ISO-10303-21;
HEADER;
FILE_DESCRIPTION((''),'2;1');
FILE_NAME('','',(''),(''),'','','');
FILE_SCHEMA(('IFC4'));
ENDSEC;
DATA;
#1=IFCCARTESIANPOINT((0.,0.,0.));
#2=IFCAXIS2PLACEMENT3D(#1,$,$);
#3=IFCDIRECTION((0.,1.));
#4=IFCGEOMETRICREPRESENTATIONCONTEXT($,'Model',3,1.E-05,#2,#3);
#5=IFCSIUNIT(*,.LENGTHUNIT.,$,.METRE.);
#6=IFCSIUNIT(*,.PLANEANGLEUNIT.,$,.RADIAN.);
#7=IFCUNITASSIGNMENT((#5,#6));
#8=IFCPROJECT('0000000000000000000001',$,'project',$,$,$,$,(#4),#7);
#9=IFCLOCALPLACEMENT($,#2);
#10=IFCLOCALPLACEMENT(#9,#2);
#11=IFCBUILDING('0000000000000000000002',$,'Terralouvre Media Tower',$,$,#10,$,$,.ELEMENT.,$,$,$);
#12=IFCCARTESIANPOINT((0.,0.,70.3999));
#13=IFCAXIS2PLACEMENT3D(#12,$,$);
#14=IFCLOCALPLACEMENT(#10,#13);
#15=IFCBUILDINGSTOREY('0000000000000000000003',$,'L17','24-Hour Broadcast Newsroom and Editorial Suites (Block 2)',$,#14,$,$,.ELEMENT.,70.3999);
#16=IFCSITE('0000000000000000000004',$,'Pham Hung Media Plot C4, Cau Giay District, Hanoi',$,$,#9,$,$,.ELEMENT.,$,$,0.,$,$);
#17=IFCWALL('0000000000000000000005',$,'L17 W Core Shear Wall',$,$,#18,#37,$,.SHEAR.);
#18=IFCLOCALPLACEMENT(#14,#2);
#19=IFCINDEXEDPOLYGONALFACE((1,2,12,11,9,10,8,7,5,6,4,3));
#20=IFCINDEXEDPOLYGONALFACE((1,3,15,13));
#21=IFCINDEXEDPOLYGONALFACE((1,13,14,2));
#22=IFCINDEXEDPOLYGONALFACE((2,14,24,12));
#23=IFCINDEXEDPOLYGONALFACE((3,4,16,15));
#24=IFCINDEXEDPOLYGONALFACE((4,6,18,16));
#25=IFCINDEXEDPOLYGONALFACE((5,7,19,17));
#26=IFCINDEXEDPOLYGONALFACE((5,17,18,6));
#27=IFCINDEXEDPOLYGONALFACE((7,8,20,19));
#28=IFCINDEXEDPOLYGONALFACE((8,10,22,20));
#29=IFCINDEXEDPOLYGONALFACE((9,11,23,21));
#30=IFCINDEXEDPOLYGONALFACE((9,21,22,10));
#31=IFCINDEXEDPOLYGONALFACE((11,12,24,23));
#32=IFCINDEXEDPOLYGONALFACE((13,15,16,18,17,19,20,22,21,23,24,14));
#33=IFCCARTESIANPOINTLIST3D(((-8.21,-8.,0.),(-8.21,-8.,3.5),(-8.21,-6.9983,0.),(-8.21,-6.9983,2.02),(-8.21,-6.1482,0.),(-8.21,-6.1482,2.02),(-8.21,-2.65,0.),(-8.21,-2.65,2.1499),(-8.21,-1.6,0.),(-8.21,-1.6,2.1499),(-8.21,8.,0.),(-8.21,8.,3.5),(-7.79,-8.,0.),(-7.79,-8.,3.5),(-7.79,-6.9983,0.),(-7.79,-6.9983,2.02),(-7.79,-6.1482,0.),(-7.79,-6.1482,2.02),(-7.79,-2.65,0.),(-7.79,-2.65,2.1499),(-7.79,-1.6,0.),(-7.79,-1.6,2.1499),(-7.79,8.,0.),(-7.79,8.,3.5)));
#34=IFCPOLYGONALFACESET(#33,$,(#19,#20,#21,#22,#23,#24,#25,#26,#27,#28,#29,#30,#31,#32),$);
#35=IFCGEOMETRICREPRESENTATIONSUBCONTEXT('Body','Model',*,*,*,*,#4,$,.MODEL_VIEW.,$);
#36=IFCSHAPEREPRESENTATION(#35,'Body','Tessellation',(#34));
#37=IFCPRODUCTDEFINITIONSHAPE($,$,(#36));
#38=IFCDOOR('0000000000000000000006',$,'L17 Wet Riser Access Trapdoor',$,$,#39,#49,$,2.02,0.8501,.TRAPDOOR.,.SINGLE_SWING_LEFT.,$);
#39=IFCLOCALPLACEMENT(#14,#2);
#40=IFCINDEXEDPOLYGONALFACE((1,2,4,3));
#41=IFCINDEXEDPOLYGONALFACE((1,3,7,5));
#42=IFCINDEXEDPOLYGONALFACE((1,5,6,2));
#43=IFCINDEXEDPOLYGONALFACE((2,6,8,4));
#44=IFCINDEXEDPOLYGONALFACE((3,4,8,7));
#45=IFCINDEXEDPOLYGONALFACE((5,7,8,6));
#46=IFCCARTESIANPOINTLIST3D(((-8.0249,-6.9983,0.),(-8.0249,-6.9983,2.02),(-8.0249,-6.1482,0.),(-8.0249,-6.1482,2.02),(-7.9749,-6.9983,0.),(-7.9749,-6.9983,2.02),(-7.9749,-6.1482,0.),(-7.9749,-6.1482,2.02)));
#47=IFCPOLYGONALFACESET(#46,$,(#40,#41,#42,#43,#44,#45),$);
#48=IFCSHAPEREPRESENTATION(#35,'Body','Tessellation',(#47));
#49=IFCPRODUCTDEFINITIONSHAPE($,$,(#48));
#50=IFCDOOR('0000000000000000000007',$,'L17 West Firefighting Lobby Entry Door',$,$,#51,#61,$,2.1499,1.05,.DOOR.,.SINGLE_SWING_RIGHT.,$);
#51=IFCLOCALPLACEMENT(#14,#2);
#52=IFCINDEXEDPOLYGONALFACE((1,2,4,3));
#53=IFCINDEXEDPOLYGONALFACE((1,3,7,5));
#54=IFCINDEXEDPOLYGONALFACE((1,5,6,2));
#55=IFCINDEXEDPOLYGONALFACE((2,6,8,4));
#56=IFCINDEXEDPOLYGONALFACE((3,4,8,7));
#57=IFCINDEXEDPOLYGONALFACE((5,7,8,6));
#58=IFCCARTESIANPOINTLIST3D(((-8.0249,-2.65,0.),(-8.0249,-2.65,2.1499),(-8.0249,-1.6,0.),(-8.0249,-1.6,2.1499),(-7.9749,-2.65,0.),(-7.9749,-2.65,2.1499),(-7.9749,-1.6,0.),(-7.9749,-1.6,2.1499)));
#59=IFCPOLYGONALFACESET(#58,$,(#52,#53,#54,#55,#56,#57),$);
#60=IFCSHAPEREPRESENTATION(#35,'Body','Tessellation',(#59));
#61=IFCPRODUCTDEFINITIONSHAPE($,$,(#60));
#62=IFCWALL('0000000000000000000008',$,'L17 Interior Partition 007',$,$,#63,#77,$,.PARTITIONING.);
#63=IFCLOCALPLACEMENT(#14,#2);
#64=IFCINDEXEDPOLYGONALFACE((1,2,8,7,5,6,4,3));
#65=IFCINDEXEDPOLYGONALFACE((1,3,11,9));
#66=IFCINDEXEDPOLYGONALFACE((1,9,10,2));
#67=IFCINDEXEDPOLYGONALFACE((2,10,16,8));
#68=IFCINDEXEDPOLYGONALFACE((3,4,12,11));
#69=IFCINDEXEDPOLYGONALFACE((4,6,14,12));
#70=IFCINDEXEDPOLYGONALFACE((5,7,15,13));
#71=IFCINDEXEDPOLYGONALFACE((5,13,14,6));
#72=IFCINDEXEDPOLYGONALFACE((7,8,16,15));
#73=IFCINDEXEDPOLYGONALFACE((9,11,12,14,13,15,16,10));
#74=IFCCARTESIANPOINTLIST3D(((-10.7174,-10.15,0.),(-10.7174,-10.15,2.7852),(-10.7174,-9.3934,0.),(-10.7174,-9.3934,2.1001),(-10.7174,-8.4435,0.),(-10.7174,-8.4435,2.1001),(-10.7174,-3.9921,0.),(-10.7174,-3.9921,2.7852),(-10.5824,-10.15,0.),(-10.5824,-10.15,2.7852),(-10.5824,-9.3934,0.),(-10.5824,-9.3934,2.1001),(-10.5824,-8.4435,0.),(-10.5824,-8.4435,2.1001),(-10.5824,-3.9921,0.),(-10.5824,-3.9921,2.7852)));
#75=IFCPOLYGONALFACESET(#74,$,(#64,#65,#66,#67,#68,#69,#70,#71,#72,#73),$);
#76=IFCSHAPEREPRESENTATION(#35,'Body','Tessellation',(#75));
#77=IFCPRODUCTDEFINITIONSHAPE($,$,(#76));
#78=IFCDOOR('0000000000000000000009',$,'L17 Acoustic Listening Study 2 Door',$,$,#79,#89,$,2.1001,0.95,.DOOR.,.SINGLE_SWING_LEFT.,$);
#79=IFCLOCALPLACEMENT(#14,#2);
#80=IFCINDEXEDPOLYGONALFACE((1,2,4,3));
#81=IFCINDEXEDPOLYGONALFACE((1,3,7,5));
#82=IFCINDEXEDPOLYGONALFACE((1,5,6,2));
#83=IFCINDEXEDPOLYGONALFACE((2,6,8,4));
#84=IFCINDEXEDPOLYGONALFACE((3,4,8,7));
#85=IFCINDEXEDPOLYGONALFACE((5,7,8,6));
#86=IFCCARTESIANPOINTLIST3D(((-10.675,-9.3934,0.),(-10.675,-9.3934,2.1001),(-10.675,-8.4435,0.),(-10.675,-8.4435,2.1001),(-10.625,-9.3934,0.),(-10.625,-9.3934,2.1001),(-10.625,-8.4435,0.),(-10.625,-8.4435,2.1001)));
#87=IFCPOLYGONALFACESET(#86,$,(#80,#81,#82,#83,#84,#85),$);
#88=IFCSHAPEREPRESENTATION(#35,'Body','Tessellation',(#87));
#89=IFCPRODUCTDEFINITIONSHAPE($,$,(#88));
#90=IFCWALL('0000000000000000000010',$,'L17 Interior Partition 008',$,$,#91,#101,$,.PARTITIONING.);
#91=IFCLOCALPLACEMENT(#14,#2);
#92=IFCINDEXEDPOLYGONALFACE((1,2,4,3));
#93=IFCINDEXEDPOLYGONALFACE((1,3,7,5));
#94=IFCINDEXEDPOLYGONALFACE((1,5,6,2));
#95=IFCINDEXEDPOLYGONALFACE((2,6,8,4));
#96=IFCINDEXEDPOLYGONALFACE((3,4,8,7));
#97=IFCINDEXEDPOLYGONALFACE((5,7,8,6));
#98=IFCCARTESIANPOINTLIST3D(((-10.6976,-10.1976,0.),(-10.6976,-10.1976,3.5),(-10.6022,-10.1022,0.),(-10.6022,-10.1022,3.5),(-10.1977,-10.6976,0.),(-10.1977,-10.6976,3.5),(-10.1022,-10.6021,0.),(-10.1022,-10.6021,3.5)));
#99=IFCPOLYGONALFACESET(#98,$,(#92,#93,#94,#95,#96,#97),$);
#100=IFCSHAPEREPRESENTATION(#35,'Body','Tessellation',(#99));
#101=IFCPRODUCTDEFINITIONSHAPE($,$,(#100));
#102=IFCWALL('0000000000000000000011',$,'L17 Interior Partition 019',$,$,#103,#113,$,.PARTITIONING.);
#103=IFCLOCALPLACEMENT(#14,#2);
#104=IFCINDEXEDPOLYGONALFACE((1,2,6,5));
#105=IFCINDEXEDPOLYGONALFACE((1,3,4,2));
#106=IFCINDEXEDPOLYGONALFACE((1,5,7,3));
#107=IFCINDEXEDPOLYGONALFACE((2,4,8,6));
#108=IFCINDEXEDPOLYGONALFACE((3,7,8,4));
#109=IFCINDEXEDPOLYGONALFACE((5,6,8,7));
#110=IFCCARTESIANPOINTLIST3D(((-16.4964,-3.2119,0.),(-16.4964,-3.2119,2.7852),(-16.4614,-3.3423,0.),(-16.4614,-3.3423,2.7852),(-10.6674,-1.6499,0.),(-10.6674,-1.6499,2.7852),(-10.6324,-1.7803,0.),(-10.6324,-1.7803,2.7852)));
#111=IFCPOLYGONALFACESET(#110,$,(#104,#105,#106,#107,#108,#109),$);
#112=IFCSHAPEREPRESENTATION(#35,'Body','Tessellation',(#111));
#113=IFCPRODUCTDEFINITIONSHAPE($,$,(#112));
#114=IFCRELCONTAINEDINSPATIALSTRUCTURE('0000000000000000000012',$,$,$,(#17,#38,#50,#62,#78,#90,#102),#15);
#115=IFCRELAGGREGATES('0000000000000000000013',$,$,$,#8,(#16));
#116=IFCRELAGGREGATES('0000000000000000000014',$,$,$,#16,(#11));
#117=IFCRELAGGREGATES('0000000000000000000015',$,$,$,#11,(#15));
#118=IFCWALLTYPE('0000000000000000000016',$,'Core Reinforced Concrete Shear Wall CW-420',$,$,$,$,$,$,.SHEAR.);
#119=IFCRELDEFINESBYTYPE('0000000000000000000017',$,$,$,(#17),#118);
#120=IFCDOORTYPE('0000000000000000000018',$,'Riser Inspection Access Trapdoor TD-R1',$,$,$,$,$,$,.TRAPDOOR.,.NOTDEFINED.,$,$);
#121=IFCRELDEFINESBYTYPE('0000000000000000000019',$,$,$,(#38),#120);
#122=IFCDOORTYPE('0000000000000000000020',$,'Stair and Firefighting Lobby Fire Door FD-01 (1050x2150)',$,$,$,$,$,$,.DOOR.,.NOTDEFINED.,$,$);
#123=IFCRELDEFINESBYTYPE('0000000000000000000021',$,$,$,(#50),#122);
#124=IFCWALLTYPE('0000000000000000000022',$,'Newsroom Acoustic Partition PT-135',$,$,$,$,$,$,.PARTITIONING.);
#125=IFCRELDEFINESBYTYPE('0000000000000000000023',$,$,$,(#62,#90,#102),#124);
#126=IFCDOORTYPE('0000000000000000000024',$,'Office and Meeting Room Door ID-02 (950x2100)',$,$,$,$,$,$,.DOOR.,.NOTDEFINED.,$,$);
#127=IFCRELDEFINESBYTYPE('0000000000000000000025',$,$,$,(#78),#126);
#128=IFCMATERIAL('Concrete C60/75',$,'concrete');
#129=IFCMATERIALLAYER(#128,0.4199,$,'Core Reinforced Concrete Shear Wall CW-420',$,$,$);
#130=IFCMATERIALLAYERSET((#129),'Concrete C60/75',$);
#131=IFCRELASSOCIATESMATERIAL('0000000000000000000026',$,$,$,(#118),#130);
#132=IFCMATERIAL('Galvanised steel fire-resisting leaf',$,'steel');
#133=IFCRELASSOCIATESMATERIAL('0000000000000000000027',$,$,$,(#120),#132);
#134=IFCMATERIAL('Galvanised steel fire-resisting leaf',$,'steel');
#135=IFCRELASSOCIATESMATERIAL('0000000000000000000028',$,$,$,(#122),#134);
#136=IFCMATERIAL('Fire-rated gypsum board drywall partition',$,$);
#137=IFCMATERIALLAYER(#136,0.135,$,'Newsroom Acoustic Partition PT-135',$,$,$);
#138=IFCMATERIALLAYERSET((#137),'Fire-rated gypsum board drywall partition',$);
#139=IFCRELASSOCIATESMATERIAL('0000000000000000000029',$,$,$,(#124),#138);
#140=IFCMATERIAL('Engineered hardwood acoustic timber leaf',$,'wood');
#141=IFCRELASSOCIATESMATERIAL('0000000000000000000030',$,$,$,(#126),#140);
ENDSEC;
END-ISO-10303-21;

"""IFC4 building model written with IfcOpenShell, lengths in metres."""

from ifc_helpers import new_model, si_unit, direction, frame, frame_2d, origin, place, context, subcontext, project, spatial, rectangle, extrude, material, layer, layer_set, type_object, element, fill, save


model = new_model("IFC4")

# Units and contexts
model_context = context("Model", 3, precision=1e-05, world=origin(), true_north=direction((0.0, 1.0)))
body_context = subcontext(model_context, "Body", "Model", "MODEL_VIEW")
ifc_project = project(units=[si_unit("LENGTHUNIT", "METRE"), si_unit("PLANEANGLEUNIT", "RADIAN")], contexts=[model_context])

# Site, building, storey
site_placement = place(None, origin())
site = spatial("IfcSite", under=ifc_project, at=site_placement, Name="Pham Hung Media Plot C4, Cau Giay District, Hanoi", CompositionType="ELEMENT", RefElevation=0.0)
building_placement = place(site_placement, origin())
building = spatial("IfcBuilding", under=site, at=building_placement, Name="Terralouvre Media Tower", CompositionType="ELEMENT")
storey_placement = place(building_placement, frame((0.0, 0.0, 70.3999)))
storey = spatial("IfcBuildingStorey", under=building, at=storey_placement, Name="L17", Description="24-Hour Broadcast Newsroom and Editorial Suites (Block 2)", CompositionType="ELEMENT", Elevation=70.3999)

# Wall, openings, doors
ifc_material_1 = material(Name="Concrete C60/75", Category="concrete")
ifc_layer_1 = layer(ifc_material_1, 0.4199, Name="Core Reinforced Concrete Shear Wall CW-420")
ifc_layer_set_1 = layer_set([ifc_layer_1], Name="Concrete C60/75")
wall_type_1 = type_object("IfcWallType", Name="Core Reinforced Concrete Shear Wall CW-420", PredefinedType="SHEAR", material=ifc_layer_set_1)
wall_1_placement = place(storey_placement, frame((-8.0, -8.0, 0.0), z_axis=(0.0, 0.0, 1.0), x_axis=(0.0, 1.0, 0.0)))
wall_1 = element("IfcWall", 1, at=wall_1_placement, inside=storey, type_object=wall_type_1, Name="L17 W Core Shear Wall", PredefinedType="SHEAR", context=body_context, shape_type="SweptSolid", body=[
    extrude(rectangle(XDim=16.0, YDim=0.4199, at=frame_2d((8.0, 0.0))), origin(), (0.0, 0.0, 1.0), 3.5),
])
opening_1_placement = place(wall_1_placement, frame((1.0017, 0.0, 0.0)))
opening_1 = element("IfcOpeningElement", 2, at=opening_1_placement, cuts=wall_1, PredefinedType="OPENING", context=body_context, shape_type="SweptSolid", body=[
    extrude(rectangle(XDim=0.8501, YDim=2.02, at=frame_2d((0.425, 1.01))), frame((0.0, 0.22, 0.0), z_axis=(0.0, -1.0, 0.0), x_axis=(1.0, 0.0, 0.0)), (0.0, 0.0, 1.0), 0.4399),
])
opening_2_placement = place(wall_1_placement, frame((5.3501, 0.0, 0.0)))
opening_2 = element("IfcOpeningElement", 3, at=opening_2_placement, cuts=wall_1, PredefinedType="OPENING", context=body_context, shape_type="SweptSolid", body=[
    extrude(rectangle(XDim=1.05, YDim=2.1499, at=frame_2d((0.5249, 1.075))), frame((0.0, 0.22, 0.0), z_axis=(0.0, -1.0, 0.0), x_axis=(1.0, 0.0, 0.0)), (0.0, 0.0, 1.0), 0.4399),
])
ifc_material_2 = material(Name="Galvanised steel fire-resisting leaf", Category="steel")
door_type_1 = type_object("IfcDoorType", Name="Riser Inspection Access Trapdoor TD-R1", OperationType="NOTDEFINED", PredefinedType="TRAPDOOR", material=ifc_material_2)
door_1_placement = place(opening_1_placement, origin())
door_1 = element("IfcDoor", 4, at=door_1_placement, inside=storey, type_object=door_type_1, Name="L17 Wet Riser Access Trapdoor", OperationType="SINGLE_SWING_LEFT", OverallHeight=2.02, OverallWidth=0.8501, PredefinedType="TRAPDOOR", context=body_context, shape_type="SweptSolid", body=[
    extrude(rectangle(XDim=0.8501, YDim=2.02, at=frame_2d((0.425, 1.01))), frame((0.0, 0.0249, 0.0), z_axis=(0.0, -1.0, 0.0), x_axis=(1.0, 0.0, 0.0)), (0.0, 0.0, 1.0), 0.05),
])
fill(opening_1, door_1)
ifc_material_3 = material(Name="Galvanised steel fire-resisting leaf", Category="steel")
door_type_2 = type_object("IfcDoorType", Name="Stair and Firefighting Lobby Fire Door FD-01 (1050x2150)", OperationType="NOTDEFINED", PredefinedType="DOOR", material=ifc_material_3)
door_2_placement = place(opening_2_placement, origin())
door_2 = element("IfcDoor", 5, at=door_2_placement, inside=storey, type_object=door_type_2, Name="L17 West Firefighting Lobby Entry Door", OperationType="SINGLE_SWING_RIGHT", OverallHeight=2.1499, OverallWidth=1.05, PredefinedType="DOOR", context=body_context, shape_type="SweptSolid", body=[
    extrude(rectangle(XDim=1.05, YDim=2.1499, at=frame_2d((0.5249, 1.075))), frame((0.0, 0.0249, 0.0), z_axis=(0.0, -1.0, 0.0), x_axis=(1.0, 0.0, 0.0)), (0.0, 0.0, 1.0), 0.05),
])
fill(opening_2, door_2)

# Wall, opening, door
ifc_material_4 = material(Name="Fire-rated gypsum board drywall partition")
ifc_layer_2 = layer(ifc_material_4, 0.135, Name="Newsroom Acoustic Partition PT-135")
ifc_layer_set_2 = layer_set([ifc_layer_2], Name="Fire-rated gypsum board drywall partition")
wall_type_2 = type_object("IfcWallType", Name="Newsroom Acoustic Partition PT-135", PredefinedType="PARTITIONING", material=ifc_layer_set_2)
wall_2_placement = place(storey_placement, frame((-10.6499, -3.9919, 0.0), z_axis=(0.0, 0.0, 1.0), x_axis=(0.0, -1.0, 0.0)))
wall_2 = element("IfcWall", 6, at=wall_2_placement, inside=storey, type_object=wall_type_2, Name="L17 Interior Partition 007", PredefinedType="PARTITIONING", context=body_context, shape_type="SweptSolid", body=[
    extrude(rectangle(XDim=6.158, YDim=0.135, at=frame_2d((3.0791, 0.0))), origin(), (0.0, 0.0, 1.0), 2.7852),
])
opening_3_placement = place(wall_2_placement, frame((4.4514, 0.0, 0.0)))
opening_3 = element("IfcOpeningElement", 7, at=opening_3_placement, cuts=wall_2, PredefinedType="OPENING", context=body_context, shape_type="SweptSolid", body=[
    extrude(rectangle(XDim=0.95, YDim=2.1001, at=frame_2d((0.4751, 1.05))), frame((0.0, 0.0774, 0.0), z_axis=(0.0, -1.0, 0.0), x_axis=(1.0, 0.0, 0.0)), (0.0, 0.0, 1.0), 0.155),
])
ifc_material_5 = material(Name="Engineered hardwood acoustic timber leaf", Category="wood")
door_type_3 = type_object("IfcDoorType", Name="Office and Meeting Room Door ID-02 (950x2100)", OperationType="NOTDEFINED", PredefinedType="DOOR", material=ifc_material_5)
door_3_placement = place(opening_3_placement, origin())
door_3 = element("IfcDoor", 8, at=door_3_placement, inside=storey, type_object=door_type_3, Name="L17 Acoustic Listening Study 2 Door", OperationType="SINGLE_SWING_LEFT", OverallHeight=2.1001, OverallWidth=0.95, PredefinedType="DOOR", context=body_context, shape_type="SweptSolid", body=[
    extrude(rectangle(XDim=0.95, YDim=2.1001, at=frame_2d((0.4751, 1.05))), frame((0.0, 0.0249, 0.0), z_axis=(0.0, -1.0, 0.0), x_axis=(1.0, 0.0, 0.0)), (0.0, 0.0, 1.0), 0.05),
])
fill(opening_3, door_3)

# Walls
wall_3_placement = place(storey_placement, frame((-10.6499, -10.1499, 0.0), z_axis=(0.0, 0.0, 1.0), x_axis=(0.707107, -0.707107, 0.0)))
element("IfcWall", 9, at=wall_3_placement, inside=storey, type_object=wall_type_2, Name="L17 Interior Partition 008", PredefinedType="PARTITIONING", context=body_context, shape_type="SweptSolid", body=[
    extrude(rectangle(XDim=0.707, YDim=0.135, at=frame_2d((0.3535, 0.0))), origin(), (0.0, 0.0, 1.0), 3.5),
])
wall_4_placement = place(storey_placement, frame((-10.6499, -1.7151, 0.0), z_axis=(0.0, 0.0, 1.0), x_axis=(-0.965921, -0.258836, 0.0)))
element("IfcWall", 10, at=wall_4_placement, inside=storey, type_object=wall_type_2, Name="L17 Interior Partition 019", PredefinedType="PARTITIONING", context=body_context, shape_type="SweptSolid", body=[
    extrude(rectangle(XDim=6.0347, YDim=0.135, at=frame_2d((3.0173, 0.0))), origin(), (0.0, 0.0, 1.0), 2.7852),
])

save(model, "model.ifc")
